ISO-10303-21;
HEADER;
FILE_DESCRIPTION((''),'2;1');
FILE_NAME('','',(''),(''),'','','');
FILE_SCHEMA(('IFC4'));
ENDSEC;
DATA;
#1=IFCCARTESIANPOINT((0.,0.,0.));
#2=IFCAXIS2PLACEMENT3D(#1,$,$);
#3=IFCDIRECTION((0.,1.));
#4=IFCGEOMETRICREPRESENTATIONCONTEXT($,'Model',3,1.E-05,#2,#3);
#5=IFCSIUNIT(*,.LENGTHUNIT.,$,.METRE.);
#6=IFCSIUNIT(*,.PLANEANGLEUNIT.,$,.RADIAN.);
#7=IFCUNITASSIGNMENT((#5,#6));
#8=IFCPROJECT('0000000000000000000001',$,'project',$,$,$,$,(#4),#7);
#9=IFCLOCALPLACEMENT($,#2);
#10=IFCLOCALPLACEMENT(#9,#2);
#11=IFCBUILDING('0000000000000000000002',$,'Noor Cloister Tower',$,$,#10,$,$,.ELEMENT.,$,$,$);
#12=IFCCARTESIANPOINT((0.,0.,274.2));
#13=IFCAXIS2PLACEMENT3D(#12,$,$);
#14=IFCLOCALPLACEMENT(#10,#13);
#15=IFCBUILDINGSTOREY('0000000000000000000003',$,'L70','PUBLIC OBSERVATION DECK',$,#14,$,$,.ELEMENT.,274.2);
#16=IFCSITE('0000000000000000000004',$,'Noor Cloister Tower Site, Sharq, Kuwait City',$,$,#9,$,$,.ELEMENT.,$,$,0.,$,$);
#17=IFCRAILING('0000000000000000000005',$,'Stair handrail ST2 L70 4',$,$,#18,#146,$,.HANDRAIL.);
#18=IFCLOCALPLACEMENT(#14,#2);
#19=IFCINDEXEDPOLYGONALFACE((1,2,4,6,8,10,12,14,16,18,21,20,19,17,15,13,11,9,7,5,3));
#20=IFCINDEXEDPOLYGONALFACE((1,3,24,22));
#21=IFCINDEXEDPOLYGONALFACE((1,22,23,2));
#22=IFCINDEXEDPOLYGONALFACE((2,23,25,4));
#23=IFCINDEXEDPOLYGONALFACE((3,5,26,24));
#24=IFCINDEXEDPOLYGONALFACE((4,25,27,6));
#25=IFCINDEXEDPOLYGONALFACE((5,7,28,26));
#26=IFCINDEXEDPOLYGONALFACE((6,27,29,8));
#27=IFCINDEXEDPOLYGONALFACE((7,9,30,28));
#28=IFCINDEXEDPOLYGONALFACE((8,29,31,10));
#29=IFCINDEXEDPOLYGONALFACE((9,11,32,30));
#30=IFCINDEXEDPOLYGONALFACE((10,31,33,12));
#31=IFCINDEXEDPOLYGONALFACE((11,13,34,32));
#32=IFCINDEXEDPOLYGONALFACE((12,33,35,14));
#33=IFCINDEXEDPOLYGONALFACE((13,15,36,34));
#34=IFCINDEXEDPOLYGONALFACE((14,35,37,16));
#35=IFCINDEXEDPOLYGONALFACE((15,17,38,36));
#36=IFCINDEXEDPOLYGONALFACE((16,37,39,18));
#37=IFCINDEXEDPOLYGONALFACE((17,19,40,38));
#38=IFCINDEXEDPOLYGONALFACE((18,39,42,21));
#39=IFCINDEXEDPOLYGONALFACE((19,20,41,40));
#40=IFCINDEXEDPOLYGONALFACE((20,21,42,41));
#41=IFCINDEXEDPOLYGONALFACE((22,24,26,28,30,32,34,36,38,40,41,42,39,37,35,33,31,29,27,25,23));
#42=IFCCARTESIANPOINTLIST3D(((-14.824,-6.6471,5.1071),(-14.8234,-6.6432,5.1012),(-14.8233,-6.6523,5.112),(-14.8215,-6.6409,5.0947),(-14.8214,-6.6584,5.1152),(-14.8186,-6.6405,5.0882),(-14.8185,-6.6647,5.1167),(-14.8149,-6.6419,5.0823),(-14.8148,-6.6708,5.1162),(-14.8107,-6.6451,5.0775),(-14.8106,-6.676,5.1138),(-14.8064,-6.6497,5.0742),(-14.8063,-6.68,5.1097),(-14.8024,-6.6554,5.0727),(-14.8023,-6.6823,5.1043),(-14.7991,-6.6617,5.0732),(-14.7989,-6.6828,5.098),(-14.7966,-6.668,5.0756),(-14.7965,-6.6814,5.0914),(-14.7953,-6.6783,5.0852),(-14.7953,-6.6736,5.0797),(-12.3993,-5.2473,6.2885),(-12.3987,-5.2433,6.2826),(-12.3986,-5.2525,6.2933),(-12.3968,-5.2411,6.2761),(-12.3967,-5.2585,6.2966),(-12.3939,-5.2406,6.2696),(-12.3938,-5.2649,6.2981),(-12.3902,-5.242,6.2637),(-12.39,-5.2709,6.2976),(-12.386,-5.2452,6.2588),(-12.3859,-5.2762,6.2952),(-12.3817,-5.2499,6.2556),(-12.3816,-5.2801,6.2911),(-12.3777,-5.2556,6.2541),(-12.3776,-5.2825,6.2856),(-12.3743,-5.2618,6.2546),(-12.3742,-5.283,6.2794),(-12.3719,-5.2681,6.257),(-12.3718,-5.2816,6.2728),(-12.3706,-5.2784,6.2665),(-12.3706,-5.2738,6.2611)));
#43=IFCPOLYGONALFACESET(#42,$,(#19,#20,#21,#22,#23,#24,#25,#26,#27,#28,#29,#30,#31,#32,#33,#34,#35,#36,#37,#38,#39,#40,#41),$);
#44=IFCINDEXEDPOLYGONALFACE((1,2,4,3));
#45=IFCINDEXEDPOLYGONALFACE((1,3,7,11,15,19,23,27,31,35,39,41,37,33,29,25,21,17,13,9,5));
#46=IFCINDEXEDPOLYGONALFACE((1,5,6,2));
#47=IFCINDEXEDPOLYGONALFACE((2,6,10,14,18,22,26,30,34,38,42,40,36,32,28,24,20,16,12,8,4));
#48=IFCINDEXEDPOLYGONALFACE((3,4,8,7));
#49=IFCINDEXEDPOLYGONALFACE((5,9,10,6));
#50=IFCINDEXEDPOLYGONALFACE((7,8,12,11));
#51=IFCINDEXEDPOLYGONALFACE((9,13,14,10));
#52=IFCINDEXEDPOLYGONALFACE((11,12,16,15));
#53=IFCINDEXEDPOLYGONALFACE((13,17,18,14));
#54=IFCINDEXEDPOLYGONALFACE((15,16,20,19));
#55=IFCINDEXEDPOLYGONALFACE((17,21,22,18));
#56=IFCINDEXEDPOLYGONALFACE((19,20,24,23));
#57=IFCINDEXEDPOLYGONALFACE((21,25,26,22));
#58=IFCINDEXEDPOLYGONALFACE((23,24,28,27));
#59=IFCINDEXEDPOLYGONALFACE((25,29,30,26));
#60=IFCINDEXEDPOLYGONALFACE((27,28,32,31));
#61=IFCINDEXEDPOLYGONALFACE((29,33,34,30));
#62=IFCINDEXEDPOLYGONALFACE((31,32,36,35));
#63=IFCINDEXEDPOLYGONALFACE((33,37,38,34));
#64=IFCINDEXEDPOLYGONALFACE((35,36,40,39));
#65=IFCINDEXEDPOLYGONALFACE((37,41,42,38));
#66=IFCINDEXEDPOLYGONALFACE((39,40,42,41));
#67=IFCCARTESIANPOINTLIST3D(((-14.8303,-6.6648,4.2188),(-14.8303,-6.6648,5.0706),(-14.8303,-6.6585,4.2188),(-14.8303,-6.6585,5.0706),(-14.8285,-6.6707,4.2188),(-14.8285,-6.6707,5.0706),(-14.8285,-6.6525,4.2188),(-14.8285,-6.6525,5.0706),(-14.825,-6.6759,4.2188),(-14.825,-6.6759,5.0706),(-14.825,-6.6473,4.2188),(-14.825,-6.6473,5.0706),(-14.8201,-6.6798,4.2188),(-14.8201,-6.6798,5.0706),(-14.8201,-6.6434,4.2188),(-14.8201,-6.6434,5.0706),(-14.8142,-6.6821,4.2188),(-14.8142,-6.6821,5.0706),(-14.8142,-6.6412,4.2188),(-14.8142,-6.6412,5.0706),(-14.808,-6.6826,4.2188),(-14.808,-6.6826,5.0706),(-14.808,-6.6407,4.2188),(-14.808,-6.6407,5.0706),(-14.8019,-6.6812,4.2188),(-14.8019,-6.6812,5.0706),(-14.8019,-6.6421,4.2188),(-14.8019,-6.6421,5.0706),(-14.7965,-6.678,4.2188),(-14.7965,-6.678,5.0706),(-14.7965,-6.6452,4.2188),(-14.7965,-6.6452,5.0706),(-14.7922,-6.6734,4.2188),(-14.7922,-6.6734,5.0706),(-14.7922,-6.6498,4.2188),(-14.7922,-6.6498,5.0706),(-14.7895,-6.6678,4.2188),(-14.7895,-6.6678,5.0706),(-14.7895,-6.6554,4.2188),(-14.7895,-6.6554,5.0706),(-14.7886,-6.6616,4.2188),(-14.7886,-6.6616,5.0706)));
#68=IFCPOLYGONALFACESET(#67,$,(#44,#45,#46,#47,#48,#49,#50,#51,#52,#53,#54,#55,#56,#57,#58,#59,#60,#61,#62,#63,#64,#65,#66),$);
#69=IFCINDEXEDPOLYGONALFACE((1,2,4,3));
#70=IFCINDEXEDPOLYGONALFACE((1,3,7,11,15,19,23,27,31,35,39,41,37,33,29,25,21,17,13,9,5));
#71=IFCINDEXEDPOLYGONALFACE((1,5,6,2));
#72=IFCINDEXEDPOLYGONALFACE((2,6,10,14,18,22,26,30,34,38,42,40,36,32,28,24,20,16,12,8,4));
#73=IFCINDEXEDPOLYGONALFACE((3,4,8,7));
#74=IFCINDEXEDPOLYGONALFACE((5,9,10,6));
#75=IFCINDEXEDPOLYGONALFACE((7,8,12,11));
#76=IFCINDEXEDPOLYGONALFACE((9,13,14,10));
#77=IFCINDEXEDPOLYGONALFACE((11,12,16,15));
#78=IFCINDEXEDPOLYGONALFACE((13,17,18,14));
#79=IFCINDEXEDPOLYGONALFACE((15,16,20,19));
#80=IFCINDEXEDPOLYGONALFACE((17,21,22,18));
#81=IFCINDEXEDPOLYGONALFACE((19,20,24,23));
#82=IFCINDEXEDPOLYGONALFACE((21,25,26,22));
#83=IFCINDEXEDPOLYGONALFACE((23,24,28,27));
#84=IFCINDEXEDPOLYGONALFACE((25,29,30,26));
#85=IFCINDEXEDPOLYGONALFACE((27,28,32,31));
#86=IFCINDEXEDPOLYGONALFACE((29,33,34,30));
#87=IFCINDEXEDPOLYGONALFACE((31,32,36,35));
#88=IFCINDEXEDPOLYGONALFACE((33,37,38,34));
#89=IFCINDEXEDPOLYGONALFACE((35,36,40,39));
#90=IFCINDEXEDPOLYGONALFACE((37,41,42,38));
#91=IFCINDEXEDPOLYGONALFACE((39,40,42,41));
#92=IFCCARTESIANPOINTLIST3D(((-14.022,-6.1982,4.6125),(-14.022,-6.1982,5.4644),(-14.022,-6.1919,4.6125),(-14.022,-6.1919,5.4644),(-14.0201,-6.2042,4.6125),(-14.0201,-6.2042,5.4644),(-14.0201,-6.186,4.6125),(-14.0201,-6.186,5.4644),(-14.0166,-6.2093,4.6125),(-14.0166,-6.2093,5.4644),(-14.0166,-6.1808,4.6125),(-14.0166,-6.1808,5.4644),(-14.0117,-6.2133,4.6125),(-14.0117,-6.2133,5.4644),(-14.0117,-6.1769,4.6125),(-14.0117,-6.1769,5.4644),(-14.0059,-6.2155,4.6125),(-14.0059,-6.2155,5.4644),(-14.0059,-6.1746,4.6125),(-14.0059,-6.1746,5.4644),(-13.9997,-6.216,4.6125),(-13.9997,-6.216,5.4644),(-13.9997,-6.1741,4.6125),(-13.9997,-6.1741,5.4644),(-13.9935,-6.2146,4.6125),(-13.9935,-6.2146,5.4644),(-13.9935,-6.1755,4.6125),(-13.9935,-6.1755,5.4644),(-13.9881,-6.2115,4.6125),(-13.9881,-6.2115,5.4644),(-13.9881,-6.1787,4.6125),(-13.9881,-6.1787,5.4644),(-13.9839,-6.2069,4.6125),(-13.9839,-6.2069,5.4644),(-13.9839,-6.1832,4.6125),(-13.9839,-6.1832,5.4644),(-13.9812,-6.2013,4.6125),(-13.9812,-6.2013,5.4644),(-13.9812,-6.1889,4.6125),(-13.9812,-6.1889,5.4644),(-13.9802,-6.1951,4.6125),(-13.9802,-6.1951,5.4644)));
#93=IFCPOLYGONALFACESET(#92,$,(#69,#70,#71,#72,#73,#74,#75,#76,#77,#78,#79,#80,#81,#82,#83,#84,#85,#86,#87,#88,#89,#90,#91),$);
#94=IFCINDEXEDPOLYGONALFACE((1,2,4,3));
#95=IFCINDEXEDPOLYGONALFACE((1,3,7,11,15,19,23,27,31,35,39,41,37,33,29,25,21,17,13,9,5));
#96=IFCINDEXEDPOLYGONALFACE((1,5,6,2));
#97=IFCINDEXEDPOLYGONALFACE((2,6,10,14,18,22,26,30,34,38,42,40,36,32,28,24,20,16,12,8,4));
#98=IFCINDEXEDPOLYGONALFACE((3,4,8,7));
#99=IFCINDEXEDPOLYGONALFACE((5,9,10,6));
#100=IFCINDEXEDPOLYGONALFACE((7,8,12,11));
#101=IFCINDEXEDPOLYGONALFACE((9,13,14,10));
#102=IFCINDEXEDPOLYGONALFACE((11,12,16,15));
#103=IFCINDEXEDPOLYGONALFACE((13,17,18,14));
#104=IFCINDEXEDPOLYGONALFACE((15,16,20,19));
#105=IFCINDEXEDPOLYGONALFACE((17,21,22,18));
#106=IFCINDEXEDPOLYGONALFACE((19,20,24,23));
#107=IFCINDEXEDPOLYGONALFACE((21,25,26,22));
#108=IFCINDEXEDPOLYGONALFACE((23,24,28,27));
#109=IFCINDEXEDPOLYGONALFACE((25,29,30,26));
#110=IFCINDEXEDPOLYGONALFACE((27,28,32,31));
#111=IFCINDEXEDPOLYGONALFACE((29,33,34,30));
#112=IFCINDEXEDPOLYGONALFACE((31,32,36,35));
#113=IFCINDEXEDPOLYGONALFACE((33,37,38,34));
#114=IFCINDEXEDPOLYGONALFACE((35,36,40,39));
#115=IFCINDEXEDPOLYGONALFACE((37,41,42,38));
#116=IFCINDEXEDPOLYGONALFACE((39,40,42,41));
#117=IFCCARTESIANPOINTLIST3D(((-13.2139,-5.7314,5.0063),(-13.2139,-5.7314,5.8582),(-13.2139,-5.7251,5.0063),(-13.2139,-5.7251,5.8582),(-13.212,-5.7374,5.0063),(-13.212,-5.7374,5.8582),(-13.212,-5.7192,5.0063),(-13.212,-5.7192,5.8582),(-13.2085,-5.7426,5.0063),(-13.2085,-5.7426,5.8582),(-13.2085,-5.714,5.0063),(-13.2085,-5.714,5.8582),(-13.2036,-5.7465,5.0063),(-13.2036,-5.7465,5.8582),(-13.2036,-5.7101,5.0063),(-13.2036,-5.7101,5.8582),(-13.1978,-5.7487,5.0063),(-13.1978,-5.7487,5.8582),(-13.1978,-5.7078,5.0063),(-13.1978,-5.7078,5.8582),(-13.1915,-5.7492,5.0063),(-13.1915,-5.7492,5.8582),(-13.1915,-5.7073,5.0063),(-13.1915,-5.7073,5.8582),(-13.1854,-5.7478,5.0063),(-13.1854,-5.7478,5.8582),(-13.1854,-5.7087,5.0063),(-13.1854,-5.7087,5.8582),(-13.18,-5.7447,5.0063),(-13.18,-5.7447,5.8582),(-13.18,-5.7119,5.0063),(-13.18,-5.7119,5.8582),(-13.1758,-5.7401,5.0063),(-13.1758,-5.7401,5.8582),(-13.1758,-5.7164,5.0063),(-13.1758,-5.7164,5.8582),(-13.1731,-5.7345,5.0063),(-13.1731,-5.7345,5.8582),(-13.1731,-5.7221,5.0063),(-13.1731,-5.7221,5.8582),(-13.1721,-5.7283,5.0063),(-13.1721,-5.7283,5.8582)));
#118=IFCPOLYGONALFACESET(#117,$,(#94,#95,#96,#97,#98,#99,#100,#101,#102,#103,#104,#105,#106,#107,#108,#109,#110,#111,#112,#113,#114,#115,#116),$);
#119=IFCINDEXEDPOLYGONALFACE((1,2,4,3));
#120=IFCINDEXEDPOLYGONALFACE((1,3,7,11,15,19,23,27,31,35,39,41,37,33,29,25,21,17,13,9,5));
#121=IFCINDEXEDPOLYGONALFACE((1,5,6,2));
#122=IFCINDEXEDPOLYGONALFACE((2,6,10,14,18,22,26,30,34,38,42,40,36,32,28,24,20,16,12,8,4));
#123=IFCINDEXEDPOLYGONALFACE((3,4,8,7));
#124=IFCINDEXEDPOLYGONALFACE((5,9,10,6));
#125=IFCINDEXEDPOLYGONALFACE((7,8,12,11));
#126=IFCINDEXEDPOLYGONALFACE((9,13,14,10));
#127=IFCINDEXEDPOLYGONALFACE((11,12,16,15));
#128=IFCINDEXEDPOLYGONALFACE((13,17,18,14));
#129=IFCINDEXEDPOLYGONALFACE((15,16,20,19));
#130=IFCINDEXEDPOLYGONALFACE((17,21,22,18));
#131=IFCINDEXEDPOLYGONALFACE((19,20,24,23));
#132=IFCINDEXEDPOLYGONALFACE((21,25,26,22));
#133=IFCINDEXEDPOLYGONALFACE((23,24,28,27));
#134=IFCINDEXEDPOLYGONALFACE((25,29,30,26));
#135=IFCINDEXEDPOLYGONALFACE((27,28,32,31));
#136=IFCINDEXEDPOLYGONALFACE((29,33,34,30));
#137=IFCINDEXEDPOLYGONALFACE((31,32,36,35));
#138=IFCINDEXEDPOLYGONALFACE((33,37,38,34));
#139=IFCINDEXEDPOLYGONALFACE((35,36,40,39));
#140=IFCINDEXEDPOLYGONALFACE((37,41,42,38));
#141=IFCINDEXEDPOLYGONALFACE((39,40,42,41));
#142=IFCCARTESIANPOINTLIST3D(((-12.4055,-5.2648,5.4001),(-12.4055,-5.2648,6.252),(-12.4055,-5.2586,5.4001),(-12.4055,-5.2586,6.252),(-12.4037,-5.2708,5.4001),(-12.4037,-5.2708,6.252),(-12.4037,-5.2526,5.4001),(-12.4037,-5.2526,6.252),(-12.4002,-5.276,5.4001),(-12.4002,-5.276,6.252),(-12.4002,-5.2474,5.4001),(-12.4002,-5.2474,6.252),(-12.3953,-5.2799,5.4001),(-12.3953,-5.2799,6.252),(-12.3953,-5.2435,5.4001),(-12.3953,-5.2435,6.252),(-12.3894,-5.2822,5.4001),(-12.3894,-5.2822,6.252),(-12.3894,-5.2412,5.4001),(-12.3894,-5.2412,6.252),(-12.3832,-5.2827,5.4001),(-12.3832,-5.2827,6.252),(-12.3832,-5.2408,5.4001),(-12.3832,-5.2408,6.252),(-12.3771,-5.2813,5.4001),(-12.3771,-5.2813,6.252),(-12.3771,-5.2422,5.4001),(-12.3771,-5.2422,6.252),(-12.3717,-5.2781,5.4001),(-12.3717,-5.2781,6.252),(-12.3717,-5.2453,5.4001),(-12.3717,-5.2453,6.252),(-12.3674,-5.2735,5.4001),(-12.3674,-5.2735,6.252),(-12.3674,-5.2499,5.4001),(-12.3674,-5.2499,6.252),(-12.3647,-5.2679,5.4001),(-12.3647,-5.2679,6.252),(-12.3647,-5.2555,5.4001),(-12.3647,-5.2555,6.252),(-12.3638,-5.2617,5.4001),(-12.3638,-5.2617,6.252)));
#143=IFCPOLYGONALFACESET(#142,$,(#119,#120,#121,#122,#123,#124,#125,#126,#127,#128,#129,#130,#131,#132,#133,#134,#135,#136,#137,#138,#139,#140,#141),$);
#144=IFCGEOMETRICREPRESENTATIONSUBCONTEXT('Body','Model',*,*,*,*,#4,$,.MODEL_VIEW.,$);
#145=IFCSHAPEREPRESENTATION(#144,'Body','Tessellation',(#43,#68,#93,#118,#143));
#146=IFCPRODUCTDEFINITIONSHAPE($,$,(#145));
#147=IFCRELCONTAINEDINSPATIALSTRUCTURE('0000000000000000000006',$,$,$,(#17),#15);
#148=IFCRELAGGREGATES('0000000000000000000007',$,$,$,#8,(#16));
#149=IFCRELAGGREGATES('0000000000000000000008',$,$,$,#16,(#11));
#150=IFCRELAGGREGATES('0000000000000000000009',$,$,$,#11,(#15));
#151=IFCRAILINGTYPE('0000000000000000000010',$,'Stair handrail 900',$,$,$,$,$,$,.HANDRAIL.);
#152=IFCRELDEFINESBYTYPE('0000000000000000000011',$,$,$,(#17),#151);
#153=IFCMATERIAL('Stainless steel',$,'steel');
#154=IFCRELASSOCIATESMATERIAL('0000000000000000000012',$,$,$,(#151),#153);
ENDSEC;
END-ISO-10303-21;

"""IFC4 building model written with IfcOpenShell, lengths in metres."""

from ifc_helpers import new_model, si_unit, direction, frame, origin, origin_2d, place, context, subcontext, project, spatial, circle, extrude, material, type_object, element, save


model = new_model("IFC4")

# Units and contexts
model_context = context("Model", 3, precision=1e-05, world=origin(), true_north=direction((0.0, 1.0)))
body_context = subcontext(model_context, "Body", "Model", "MODEL_VIEW")
ifc_project = project(units=[si_unit("LENGTHUNIT", "METRE"), si_unit("PLANEANGLEUNIT", "RADIAN")], contexts=[model_context])

# Site, building, storey
site_placement = place(None, origin())
site = spatial("IfcSite", under=ifc_project, at=site_placement, Name="Noor Cloister Tower Site, Sharq, Kuwait City", CompositionType="ELEMENT", RefElevation=0.0)
building_placement = place(site_placement, origin())
building = spatial("IfcBuilding", under=site, at=building_placement, Name="Noor Cloister Tower", CompositionType="ELEMENT")
storey_placement = place(building_placement, frame((0.0, 0.0, 274.2)))
storey = spatial("IfcBuildingStorey", under=building, at=storey_placement, Name="L70", Description="PUBLIC OBSERVATION DECK", CompositionType="ELEMENT", Elevation=274.2)

# Railing
ifc_material_1 = material(Name="Stainless steel", Category="steel")
railing_type_1 = type_object("IfcRailingType", Name="Stair handrail 900", PredefinedType="HANDRAIL", material=ifc_material_1)
railing_1_placement = place(storey_placement, frame((-14.8096, -6.6616, 4.2188)))
element("IfcRailing", 1, at=railing_1_placement, inside=storey, type_object=railing_type_1, Name="Stair handrail ST2 L70 4", PredefinedType="HANDRAIL", context=body_context, shape_type="SweptSolid", body=[
    extrude(circle(Radius=0.0239, at=origin_2d()), frame((0.0, 0.0, 0.876), z_axis=(0.797914, 0.460656, 0.388754), x_axis=(-0.499984, 0.866035, 0.0)), (0.0, 0.0, 1.0), 3.0388),
    extrude(circle(Radius=0.021, at=origin_2d()), origin(), (0.0, 0.0, 1.0), 0.8518),
    extrude(circle(Radius=0.021, at=origin_2d()), frame((0.8083, 0.4666, 0.3938)), (0.0, 0.0, 1.0), 0.8518),
    extrude(circle(Radius=0.021, at=origin_2d()), frame((1.6165, 0.9333, 0.7876)), (0.0, 0.0, 1.0), 0.8518),
    extrude(circle(Radius=0.021, at=origin_2d()), frame((2.4248, 1.3999, 1.1814)), (0.0, 0.0, 1.0), 0.8518),
])

save(model, "model.ifc")
